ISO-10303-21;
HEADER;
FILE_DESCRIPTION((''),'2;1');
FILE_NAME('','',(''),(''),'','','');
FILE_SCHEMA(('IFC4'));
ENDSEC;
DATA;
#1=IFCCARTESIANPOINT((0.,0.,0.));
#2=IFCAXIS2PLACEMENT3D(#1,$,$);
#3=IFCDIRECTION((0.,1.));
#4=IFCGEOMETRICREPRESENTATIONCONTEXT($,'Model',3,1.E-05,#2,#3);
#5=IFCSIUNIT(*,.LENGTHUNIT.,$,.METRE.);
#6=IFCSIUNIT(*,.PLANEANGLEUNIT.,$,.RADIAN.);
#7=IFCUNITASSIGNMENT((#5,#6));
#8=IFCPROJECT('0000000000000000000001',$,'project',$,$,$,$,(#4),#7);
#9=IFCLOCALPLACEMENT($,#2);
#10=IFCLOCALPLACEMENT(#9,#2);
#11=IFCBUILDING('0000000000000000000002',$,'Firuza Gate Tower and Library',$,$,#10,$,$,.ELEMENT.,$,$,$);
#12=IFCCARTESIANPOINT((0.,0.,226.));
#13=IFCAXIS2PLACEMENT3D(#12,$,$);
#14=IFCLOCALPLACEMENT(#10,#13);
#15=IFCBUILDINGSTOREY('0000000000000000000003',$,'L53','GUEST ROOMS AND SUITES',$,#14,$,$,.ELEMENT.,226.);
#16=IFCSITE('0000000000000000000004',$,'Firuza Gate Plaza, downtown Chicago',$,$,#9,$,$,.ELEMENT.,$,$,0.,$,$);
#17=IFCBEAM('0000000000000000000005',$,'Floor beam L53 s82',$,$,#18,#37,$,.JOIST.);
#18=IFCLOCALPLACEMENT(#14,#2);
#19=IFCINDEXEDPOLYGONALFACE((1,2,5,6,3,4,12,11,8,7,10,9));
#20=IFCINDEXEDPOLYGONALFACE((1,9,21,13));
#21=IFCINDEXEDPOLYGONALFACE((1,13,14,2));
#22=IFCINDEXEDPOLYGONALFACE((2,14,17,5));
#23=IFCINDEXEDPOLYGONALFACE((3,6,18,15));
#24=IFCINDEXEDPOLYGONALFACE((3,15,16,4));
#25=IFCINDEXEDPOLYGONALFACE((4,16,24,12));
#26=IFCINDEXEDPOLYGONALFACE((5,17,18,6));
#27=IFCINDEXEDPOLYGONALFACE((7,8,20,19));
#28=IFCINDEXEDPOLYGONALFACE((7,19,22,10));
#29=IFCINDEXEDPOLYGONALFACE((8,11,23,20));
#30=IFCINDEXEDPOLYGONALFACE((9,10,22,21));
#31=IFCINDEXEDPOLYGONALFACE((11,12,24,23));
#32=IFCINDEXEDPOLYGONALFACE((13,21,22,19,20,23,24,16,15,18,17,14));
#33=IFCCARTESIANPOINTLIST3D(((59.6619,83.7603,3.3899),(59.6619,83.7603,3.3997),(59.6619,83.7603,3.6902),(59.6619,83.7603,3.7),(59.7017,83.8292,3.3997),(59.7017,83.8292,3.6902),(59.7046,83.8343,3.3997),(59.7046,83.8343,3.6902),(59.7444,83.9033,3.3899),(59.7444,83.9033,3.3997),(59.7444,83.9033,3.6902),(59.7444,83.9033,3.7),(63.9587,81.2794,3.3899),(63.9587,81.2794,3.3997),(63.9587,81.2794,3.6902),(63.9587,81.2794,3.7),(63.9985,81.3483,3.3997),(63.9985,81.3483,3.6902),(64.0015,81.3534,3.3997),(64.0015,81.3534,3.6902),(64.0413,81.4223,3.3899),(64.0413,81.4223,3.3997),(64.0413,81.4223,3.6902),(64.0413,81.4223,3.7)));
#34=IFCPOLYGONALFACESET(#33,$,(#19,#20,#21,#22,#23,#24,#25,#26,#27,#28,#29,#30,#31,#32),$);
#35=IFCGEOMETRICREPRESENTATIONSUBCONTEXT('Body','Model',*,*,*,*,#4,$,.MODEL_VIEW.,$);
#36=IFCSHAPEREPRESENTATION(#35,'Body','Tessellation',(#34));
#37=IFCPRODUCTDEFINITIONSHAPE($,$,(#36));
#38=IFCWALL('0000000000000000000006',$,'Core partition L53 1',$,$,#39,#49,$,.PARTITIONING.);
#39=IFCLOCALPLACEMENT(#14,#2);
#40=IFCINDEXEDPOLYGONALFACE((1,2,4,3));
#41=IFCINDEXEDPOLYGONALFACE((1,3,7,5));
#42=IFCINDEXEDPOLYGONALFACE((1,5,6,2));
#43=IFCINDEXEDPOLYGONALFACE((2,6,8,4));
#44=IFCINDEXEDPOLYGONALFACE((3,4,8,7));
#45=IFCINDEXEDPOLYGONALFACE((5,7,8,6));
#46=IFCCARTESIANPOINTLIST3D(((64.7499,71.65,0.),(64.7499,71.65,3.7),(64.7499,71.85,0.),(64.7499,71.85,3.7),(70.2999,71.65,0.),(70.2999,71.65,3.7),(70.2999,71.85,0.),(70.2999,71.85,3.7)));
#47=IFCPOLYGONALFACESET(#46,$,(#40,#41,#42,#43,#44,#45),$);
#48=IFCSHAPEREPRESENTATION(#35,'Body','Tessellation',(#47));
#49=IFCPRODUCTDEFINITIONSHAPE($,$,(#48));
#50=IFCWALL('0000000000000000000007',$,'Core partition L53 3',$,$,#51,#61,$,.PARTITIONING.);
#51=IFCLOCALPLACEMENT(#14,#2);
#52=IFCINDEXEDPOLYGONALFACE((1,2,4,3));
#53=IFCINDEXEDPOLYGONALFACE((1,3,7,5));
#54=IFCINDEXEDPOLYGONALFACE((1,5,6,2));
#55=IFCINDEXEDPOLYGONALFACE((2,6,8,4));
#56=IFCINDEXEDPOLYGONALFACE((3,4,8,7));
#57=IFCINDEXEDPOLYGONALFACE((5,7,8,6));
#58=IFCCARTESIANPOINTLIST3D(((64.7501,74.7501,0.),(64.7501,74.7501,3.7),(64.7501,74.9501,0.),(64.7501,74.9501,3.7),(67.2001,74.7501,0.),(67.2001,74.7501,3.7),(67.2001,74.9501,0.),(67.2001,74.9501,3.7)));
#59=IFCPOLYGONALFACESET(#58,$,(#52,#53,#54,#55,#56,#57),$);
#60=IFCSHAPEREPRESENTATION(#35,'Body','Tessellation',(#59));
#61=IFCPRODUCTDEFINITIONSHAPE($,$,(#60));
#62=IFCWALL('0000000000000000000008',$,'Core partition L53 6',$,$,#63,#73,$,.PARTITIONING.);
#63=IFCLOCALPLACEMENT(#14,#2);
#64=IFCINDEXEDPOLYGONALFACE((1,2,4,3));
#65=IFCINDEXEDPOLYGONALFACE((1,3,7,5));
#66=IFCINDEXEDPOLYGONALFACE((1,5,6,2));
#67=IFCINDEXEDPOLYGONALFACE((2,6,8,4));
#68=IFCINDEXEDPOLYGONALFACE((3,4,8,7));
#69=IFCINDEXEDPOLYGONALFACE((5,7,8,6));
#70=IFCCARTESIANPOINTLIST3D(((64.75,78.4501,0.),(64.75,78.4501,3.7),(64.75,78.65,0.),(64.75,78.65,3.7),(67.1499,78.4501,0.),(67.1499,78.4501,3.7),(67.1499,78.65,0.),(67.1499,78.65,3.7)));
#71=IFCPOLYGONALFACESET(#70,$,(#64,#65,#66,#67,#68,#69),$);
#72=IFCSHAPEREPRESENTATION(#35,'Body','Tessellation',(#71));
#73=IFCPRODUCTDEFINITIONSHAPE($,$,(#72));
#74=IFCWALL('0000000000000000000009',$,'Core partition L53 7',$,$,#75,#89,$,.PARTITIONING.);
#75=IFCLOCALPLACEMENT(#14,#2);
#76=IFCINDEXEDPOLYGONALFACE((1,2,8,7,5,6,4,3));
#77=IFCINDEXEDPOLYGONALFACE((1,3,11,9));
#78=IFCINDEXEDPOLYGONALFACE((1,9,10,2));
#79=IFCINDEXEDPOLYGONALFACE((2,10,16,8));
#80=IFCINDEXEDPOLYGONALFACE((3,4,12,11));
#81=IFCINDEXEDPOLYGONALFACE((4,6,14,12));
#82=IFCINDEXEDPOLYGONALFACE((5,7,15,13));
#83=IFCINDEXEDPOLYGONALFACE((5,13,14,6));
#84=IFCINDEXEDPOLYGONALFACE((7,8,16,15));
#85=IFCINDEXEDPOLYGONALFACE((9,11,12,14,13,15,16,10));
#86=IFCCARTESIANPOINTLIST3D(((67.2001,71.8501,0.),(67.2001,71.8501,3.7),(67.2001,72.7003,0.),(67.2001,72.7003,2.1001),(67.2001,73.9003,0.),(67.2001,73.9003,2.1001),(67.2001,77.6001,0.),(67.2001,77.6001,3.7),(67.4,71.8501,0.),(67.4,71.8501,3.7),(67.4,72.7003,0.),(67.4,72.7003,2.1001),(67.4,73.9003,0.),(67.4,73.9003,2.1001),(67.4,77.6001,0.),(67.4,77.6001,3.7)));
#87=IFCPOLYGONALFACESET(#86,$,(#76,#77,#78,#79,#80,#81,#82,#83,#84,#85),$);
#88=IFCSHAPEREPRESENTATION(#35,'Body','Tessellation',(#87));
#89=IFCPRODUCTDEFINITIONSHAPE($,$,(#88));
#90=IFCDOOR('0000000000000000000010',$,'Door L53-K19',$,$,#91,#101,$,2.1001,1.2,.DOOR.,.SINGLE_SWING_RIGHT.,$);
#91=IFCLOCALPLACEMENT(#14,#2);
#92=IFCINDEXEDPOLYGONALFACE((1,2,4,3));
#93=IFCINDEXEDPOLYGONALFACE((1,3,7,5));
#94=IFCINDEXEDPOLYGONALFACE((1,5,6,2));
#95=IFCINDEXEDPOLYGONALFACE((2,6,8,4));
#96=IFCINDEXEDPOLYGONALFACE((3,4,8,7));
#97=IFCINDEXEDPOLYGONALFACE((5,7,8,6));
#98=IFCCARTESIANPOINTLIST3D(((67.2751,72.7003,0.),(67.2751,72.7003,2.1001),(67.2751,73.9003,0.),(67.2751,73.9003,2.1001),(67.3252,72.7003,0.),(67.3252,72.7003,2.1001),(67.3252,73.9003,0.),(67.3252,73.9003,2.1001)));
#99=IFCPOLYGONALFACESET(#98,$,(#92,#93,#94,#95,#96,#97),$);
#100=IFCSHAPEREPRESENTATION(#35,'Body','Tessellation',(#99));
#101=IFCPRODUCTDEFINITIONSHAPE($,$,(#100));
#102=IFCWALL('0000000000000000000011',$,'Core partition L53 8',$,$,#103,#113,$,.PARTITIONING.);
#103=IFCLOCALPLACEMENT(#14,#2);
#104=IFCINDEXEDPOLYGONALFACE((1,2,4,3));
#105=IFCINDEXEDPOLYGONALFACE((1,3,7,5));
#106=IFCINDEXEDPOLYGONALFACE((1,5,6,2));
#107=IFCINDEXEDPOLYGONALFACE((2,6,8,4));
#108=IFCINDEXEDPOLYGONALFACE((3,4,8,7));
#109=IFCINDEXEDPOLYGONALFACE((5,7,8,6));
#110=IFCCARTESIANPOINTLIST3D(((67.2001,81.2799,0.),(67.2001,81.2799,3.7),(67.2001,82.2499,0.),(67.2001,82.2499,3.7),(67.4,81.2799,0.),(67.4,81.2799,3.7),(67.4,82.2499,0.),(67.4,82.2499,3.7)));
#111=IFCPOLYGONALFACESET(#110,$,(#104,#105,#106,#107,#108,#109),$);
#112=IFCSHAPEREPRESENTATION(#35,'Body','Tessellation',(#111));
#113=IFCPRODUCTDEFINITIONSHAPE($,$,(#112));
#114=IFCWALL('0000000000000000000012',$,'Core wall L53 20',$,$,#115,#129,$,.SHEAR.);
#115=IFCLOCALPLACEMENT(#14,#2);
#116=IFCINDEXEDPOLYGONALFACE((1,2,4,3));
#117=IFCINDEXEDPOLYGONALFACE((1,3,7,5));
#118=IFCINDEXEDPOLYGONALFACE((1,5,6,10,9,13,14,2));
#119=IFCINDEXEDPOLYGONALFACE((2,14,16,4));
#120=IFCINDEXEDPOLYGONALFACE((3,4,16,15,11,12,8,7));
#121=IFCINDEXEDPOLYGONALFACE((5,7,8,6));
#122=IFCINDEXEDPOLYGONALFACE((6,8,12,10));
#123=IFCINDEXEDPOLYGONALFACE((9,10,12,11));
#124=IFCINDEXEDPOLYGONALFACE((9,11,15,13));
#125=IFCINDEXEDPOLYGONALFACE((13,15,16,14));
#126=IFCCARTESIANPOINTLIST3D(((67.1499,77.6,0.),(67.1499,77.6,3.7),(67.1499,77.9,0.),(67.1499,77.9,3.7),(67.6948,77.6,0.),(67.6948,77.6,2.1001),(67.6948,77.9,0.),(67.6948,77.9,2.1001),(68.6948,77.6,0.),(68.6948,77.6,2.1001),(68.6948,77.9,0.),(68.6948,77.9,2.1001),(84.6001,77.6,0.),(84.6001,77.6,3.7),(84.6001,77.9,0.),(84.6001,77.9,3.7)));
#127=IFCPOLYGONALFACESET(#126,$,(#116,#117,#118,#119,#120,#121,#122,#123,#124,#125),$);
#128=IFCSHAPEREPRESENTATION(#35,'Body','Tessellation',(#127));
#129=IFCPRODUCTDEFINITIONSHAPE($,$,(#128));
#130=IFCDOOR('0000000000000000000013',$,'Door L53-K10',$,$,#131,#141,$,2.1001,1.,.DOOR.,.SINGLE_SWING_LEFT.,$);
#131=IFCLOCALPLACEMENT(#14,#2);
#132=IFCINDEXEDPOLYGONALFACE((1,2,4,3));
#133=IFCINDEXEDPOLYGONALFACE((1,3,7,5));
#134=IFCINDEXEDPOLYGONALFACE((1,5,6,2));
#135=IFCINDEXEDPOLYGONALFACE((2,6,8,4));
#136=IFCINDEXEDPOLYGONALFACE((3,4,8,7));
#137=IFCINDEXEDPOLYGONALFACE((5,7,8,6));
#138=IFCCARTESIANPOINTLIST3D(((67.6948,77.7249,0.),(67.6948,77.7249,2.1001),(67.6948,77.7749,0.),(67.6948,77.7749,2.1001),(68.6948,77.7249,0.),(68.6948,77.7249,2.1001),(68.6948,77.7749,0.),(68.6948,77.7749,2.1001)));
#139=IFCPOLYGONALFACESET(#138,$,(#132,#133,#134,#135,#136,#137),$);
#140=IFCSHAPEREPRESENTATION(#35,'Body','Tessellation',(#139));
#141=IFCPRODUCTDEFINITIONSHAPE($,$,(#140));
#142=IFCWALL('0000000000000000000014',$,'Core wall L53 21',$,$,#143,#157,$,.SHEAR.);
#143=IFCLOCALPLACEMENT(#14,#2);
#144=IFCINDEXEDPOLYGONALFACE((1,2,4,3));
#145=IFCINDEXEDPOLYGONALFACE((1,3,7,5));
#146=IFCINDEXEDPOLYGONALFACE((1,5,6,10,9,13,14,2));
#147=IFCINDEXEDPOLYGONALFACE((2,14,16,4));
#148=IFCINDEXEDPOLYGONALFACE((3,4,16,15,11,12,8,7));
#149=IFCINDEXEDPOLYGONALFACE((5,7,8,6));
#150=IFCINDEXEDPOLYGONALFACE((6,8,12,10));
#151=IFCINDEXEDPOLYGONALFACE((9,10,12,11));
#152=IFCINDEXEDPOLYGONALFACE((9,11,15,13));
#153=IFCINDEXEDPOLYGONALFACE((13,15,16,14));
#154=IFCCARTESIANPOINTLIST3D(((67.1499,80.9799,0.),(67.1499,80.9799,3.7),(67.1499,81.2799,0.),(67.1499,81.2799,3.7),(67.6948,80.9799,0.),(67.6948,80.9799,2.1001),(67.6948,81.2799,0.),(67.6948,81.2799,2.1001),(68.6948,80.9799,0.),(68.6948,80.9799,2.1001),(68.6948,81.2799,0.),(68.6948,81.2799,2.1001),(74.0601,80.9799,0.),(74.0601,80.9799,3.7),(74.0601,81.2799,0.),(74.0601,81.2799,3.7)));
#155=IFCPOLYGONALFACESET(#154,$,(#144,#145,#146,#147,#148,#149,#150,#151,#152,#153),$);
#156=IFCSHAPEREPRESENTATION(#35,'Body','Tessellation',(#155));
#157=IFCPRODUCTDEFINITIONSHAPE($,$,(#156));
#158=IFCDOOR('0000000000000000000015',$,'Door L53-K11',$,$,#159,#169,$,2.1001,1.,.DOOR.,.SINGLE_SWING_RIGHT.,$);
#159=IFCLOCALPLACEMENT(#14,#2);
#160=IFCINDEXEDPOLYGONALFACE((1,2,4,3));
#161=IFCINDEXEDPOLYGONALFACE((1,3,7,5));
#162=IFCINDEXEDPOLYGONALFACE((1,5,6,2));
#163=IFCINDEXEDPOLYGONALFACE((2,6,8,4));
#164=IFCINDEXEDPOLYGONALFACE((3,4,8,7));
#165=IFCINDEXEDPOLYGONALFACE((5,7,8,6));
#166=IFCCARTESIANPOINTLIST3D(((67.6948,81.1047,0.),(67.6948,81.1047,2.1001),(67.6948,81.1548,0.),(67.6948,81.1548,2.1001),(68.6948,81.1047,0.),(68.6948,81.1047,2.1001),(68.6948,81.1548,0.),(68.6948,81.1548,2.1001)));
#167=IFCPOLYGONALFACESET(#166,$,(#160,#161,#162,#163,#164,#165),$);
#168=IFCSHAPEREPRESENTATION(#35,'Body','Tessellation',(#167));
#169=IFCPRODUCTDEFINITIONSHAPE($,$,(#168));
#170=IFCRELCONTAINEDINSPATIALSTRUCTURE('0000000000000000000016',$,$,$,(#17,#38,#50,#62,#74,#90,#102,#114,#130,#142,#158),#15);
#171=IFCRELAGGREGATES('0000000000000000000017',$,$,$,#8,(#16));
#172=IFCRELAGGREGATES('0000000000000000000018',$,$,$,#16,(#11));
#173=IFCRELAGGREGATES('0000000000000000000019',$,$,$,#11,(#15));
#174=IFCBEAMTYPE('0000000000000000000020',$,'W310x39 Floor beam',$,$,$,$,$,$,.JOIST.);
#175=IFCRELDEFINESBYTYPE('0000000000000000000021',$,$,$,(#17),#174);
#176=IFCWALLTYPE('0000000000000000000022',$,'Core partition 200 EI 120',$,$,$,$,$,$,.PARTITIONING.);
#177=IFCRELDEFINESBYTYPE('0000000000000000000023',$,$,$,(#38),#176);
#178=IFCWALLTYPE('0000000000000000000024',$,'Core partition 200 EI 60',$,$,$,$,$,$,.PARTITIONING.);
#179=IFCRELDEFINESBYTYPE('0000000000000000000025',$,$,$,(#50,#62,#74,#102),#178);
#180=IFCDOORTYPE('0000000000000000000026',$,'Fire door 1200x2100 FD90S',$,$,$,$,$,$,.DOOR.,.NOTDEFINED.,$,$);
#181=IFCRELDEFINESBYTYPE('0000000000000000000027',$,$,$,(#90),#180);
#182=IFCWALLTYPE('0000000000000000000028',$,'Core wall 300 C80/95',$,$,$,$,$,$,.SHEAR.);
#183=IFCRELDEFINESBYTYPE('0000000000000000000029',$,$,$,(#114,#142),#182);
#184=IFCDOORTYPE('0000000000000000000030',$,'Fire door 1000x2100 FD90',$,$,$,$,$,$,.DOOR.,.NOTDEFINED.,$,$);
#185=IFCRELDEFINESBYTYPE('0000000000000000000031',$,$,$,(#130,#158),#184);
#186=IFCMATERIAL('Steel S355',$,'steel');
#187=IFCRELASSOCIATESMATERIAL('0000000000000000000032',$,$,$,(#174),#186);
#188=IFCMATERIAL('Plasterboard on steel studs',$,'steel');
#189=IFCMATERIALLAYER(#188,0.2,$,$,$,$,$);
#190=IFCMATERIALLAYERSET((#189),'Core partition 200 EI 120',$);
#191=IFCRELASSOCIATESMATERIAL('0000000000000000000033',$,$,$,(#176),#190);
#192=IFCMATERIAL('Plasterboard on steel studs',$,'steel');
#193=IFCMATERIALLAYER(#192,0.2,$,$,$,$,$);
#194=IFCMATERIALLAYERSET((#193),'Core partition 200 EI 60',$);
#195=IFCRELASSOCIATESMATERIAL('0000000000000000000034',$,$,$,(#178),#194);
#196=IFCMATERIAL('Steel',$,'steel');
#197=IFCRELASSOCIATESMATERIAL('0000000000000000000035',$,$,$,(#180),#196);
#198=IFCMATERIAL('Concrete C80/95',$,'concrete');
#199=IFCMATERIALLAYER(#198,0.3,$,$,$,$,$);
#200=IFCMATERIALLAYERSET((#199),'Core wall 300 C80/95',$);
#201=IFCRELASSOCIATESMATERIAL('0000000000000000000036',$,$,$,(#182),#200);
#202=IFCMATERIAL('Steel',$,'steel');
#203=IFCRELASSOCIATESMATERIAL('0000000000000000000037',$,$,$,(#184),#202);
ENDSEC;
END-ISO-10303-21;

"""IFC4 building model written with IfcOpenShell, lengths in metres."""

from ifc_helpers import new_model, si_unit, direction, frame, frame_2d, origin, origin_2d, place, context, subcontext, project, spatial, rectangle, i_section, extrude, material, layer, layer_set, material_profile, profile_set, type_object, element, fill, save


model = new_model("IFC4")

# Units and contexts
model_context = context("Model", 3, precision=1e-05, world=origin(), true_north=direction((0.0, 1.0)))
body_context = subcontext(model_context, "Body", "Model", "MODEL_VIEW")
ifc_project = project(units=[si_unit("LENGTHUNIT", "METRE"), si_unit("PLANEANGLEUNIT", "RADIAN")], contexts=[model_context])

# Site, building, storey
site_placement = place(None, origin())
site = spatial("IfcSite", under=ifc_project, at=site_placement, Name="Firuza Gate Plaza, downtown Chicago", CompositionType="ELEMENT", RefElevation=0.0)
building_placement = place(site_placement, origin())
building = spatial("IfcBuilding", under=site, at=building_placement, Name="Firuza Gate Tower and Library", CompositionType="ELEMENT")
storey_placement = place(building_placement, frame((0.0, 0.0, 226.0)))
storey = spatial("IfcBuildingStorey", under=building, at=storey_placement, Name="L53", Description="GUEST ROOMS AND SUITES", CompositionType="ELEMENT", Elevation=226.0)

# Beam
ifc_material_1 = material(Name="Steel S355", Category="steel")
ifc_material_profile = material_profile(ifc_material_1, i_section(OverallWidth=0.165, OverallDepth=0.3101, WebThickness=0.0059, FlangeThickness=0.0098, at=origin_2d()))
ifc_profile_set = profile_set([ifc_material_profile], Name="Steel S355")
beam_type = type_object("IfcBeamType", Name="W310x39 Floor beam", PredefinedType="JOIST", material=ifc_profile_set)
beam_placement = place(storey_placement, frame((59.7031, 83.8318, 3.5449), z_axis=(0.866012, -0.500023, 0.0), x_axis=(0.500023, 0.866012, 0.0)))
element("IfcBeam", 1, at=beam_placement, inside=storey, type_object=beam_type, Name="Floor beam L53 s82", PredefinedType="JOIST", context=body_context, shape_type="SweptSolid", body=[
    extrude(i_section(OverallWidth=0.165, OverallDepth=0.3101, WebThickness=0.0059, FlangeThickness=0.0098, at=origin_2d()), origin(), (0.0, 0.0, 1.0), 4.9617),
])

# Walls
ifc_material_2 = material(Name="Plasterboard on steel studs", Category="steel")
ifc_layer_1 = layer(ifc_material_2, 0.2)
ifc_layer_set_1 = layer_set([ifc_layer_1], Name="Core partition 200 EI 120")
wall_type_1 = type_object("IfcWallType", Name="Core partition 200 EI 120", PredefinedType="PARTITIONING", material=ifc_layer_set_1)
wall_1_placement = place(storey_placement, frame((64.75, 71.75, 0.0), z_axis=(0.0, 0.0, 1.0), x_axis=(1.0, 0.0, 0.0)))
element("IfcWall", 2, at=wall_1_placement, inside=storey, type_object=wall_type_1, Name="Core partition L53 1", PredefinedType="PARTITIONING", context=body_context, shape_type="SweptSolid", body=[
    extrude(rectangle(XDim=5.55, YDim=0.2, at=frame_2d((2.7749, 0.0))), origin(), (0.0, 0.0, 1.0), 3.7),
])
ifc_material_3 = material(Name="Plasterboard on steel studs", Category="steel")
ifc_layer_2 = layer(ifc_material_3, 0.2)
ifc_layer_set_2 = layer_set([ifc_layer_2], Name="Core partition 200 EI 60")
wall_type_2 = type_object("IfcWallType", Name="Core partition 200 EI 60", PredefinedType="PARTITIONING", material=ifc_layer_set_2)
wall_2_placement = place(storey_placement, frame((64.75, 74.8501, 0.0), z_axis=(0.0, 0.0, 1.0), x_axis=(1.0, 0.0, 0.0)))
element("IfcWall", 3, at=wall_2_placement, inside=storey, type_object=wall_type_2, Name="Core partition L53 3", PredefinedType="PARTITIONING", context=body_context, shape_type="SweptSolid", body=[
    extrude(rectangle(XDim=2.45, YDim=0.2, at=frame_2d((1.2251, 0.0))), origin(), (0.0, 0.0, 1.0), 3.7),
])
wall_3_placement = place(storey_placement, frame((64.75, 78.55, 0.0), z_axis=(0.0, 0.0, 1.0), x_axis=(1.0, 0.0, 0.0)))
element("IfcWall", 4, at=wall_3_placement, inside=storey, type_object=wall_type_2, Name="Core partition L53 6", PredefinedType="PARTITIONING", context=body_context, shape_type="SweptSolid", body=[
    extrude(rectangle(XDim=2.3999, YDim=0.2, at=frame_2d((1.2, 0.0))), origin(), (0.0, 0.0, 1.0), 3.7),
])

# Wall, opening, door
wall_4_placement = place(storey_placement, frame((67.3, 71.8501, 0.0), z_axis=(0.0, 0.0, 1.0), x_axis=(0.0, 1.0, 0.0)))
wall_4 = element("IfcWall", 5, at=wall_4_placement, inside=storey, type_object=wall_type_2, Name="Core partition L53 7", PredefinedType="PARTITIONING", context=body_context, shape_type="SweptSolid", body=[
    extrude(rectangle(XDim=5.75, YDim=0.2, at=frame_2d((2.875, 0.0))), origin(), (0.0, 0.0, 1.0), 3.7),
])
opening_1_placement = place(wall_4_placement, frame((0.8501, 0.0, 0.0)))
opening_1 = element("IfcOpeningElement", 6, at=opening_1_placement, cuts=wall_4, PredefinedType="OPENING", context=body_context, shape_type="SweptSolid", body=[
    extrude(rectangle(XDim=1.2, YDim=2.1001, at=frame_2d((0.6001, 1.05))), frame((0.0, 0.1099, 0.0), z_axis=(0.0, -1.0, 0.0), x_axis=(1.0, 0.0, 0.0)), (0.0, 0.0, 1.0), 0.22),
])
ifc_material_4 = material(Name="Steel", Category="steel")
door_type_1 = type_object("IfcDoorType", Name="Fire door 1200x2100 FD90S", OperationType="NOTDEFINED", PredefinedType="DOOR", material=ifc_material_4)
door_1_placement = place(opening_1_placement, origin())
door_1 = element("IfcDoor", 7, at=door_1_placement, inside=storey, type_object=door_type_1, Name="Door L53-K19", OperationType="SINGLE_SWING_RIGHT", OverallHeight=2.1001, OverallWidth=1.2, PredefinedType="DOOR", context=body_context, shape_type="SweptSolid", body=[
    extrude(rectangle(XDim=1.2, YDim=2.1001, at=frame_2d((0.6001, 1.05))), frame((0.0, 0.0249, 0.0), z_axis=(0.0, -1.0, 0.0), x_axis=(1.0, 0.0, 0.0)), (0.0, 0.0, 1.0), 0.05),
])
fill(opening_1, door_1)

# Wall
wall_5_placement = place(storey_placement, frame((67.3, 81.28, 0.0), z_axis=(0.0, 0.0, 1.0), x_axis=(0.0, 1.0, 0.0)))
element("IfcWall", 8, at=wall_5_placement, inside=storey, type_object=wall_type_2, Name="Core partition L53 8", PredefinedType="PARTITIONING", context=body_context, shape_type="SweptSolid", body=[
    extrude(rectangle(XDim=0.97, YDim=0.2, at=frame_2d((0.4849, 0.0))), origin(), (0.0, 0.0, 1.0), 3.7),
])

# Walls, openings, doors
ifc_material_5 = material(Name="Concrete C80/95", Category="concrete")
ifc_layer_3 = layer(ifc_material_5, 0.3)
ifc_layer_set_3 = layer_set([ifc_layer_3], Name="Core wall 300 C80/95")
wall_type_3 = type_object("IfcWallType", Name="Core wall 300 C80/95", PredefinedType="SHEAR", material=ifc_layer_set_3)
wall_6_placement = place(storey_placement, frame((67.1499, 77.75, 0.0), z_axis=(0.0, 0.0, 1.0), x_axis=(1.0, 0.0, 0.0)))
wall_6 = element("IfcWall", 9, at=wall_6_placement, inside=storey, type_object=wall_type_3, Name="Core wall L53 20", PredefinedType="SHEAR", context=body_context, shape_type="SweptSolid", body=[
    extrude(rectangle(XDim=17.4502, YDim=0.3, at=frame_2d((8.7251, 0.0))), origin(), (0.0, 0.0, 1.0), 3.7),
])
opening_2_placement = place(wall_6_placement, frame((0.5449, 0.0, 0.0)))
opening_2 = element("IfcOpeningElement", 10, at=opening_2_placement, cuts=wall_6, PredefinedType="OPENING", context=body_context, shape_type="SweptSolid", body=[
    extrude(rectangle(XDim=1.0, YDim=2.1001, at=frame_2d((0.5, 1.05))), frame((0.0, 0.1602, 0.0), z_axis=(0.0, -1.0, 0.0), x_axis=(1.0, 0.0, 0.0)), (0.0, 0.0, 1.0), 0.3201),
])
ifc_material_6 = material(Name="Steel", Category="steel")
door_type_2 = type_object("IfcDoorType", Name="Fire door 1000x2100 FD90", OperationType="NOTDEFINED", PredefinedType="DOOR", material=ifc_material_6)
door_2_placement = place(opening_2_placement, origin())
door_2 = element("IfcDoor", 11, at=door_2_placement, inside=storey, type_object=door_type_2, Name="Door L53-K10", OperationType="SINGLE_SWING_LEFT", OverallHeight=2.1001, OverallWidth=1.0, PredefinedType="DOOR", context=body_context, shape_type="SweptSolid", body=[
    extrude(rectangle(XDim=1.0, YDim=2.1001, at=frame_2d((0.5, 1.05))), frame((0.0, 0.0249, 0.0), z_axis=(0.0, -1.0, 0.0), x_axis=(1.0, 0.0, 0.0)), (0.0, 0.0, 1.0), 0.05),
])
fill(opening_2, door_2)
wall_7_placement = place(storey_placement, frame((67.1499, 81.1299, 0.0), z_axis=(0.0, 0.0, 1.0), x_axis=(1.0, 0.0, 0.0)))
wall_7 = element("IfcWall", 12, at=wall_7_placement, inside=storey, type_object=wall_type_3, Name="Core wall L53 21", PredefinedType="SHEAR", context=body_context, shape_type="SweptSolid", body=[
    extrude(rectangle(XDim=6.9102, YDim=0.3, at=frame_2d((3.4551, 0.0))), origin(), (0.0, 0.0, 1.0), 3.7),
])
opening_3_placement = place(wall_7_placement, frame((0.5449, 0.0, 0.0)))
opening_3 = element("IfcOpeningElement", 13, at=opening_3_placement, cuts=wall_7, PredefinedType="OPENING", context=body_context, shape_type="SweptSolid", body=[
    extrude(rectangle(XDim=1.0, YDim=2.1001, at=frame_2d((0.5, 1.05))), frame((0.0, 0.1602, 0.0), z_axis=(0.0, -1.0, 0.0), x_axis=(1.0, 0.0, 0.0)), (0.0, 0.0, 1.0), 0.3201),
])
door_3_placement = place(opening_3_placement, origin())
door_3 = element("IfcDoor", 14, at=door_3_placement, inside=storey, type_object=door_type_2, Name="Door L53-K11", OperationType="SINGLE_SWING_RIGHT", OverallHeight=2.1001, OverallWidth=1.0, PredefinedType="DOOR", context=body_context, shape_type="SweptSolid", body=[
    extrude(rectangle(XDim=1.0, YDim=2.1001, at=frame_2d((0.5, 1.05))), frame((0.0, 0.0249, 0.0), z_axis=(0.0, -1.0, 0.0), x_axis=(1.0, 0.0, 0.0)), (0.0, 0.0, 1.0), 0.05),
])
fill(opening_3, door_3)

save(model, "model.ifc")
